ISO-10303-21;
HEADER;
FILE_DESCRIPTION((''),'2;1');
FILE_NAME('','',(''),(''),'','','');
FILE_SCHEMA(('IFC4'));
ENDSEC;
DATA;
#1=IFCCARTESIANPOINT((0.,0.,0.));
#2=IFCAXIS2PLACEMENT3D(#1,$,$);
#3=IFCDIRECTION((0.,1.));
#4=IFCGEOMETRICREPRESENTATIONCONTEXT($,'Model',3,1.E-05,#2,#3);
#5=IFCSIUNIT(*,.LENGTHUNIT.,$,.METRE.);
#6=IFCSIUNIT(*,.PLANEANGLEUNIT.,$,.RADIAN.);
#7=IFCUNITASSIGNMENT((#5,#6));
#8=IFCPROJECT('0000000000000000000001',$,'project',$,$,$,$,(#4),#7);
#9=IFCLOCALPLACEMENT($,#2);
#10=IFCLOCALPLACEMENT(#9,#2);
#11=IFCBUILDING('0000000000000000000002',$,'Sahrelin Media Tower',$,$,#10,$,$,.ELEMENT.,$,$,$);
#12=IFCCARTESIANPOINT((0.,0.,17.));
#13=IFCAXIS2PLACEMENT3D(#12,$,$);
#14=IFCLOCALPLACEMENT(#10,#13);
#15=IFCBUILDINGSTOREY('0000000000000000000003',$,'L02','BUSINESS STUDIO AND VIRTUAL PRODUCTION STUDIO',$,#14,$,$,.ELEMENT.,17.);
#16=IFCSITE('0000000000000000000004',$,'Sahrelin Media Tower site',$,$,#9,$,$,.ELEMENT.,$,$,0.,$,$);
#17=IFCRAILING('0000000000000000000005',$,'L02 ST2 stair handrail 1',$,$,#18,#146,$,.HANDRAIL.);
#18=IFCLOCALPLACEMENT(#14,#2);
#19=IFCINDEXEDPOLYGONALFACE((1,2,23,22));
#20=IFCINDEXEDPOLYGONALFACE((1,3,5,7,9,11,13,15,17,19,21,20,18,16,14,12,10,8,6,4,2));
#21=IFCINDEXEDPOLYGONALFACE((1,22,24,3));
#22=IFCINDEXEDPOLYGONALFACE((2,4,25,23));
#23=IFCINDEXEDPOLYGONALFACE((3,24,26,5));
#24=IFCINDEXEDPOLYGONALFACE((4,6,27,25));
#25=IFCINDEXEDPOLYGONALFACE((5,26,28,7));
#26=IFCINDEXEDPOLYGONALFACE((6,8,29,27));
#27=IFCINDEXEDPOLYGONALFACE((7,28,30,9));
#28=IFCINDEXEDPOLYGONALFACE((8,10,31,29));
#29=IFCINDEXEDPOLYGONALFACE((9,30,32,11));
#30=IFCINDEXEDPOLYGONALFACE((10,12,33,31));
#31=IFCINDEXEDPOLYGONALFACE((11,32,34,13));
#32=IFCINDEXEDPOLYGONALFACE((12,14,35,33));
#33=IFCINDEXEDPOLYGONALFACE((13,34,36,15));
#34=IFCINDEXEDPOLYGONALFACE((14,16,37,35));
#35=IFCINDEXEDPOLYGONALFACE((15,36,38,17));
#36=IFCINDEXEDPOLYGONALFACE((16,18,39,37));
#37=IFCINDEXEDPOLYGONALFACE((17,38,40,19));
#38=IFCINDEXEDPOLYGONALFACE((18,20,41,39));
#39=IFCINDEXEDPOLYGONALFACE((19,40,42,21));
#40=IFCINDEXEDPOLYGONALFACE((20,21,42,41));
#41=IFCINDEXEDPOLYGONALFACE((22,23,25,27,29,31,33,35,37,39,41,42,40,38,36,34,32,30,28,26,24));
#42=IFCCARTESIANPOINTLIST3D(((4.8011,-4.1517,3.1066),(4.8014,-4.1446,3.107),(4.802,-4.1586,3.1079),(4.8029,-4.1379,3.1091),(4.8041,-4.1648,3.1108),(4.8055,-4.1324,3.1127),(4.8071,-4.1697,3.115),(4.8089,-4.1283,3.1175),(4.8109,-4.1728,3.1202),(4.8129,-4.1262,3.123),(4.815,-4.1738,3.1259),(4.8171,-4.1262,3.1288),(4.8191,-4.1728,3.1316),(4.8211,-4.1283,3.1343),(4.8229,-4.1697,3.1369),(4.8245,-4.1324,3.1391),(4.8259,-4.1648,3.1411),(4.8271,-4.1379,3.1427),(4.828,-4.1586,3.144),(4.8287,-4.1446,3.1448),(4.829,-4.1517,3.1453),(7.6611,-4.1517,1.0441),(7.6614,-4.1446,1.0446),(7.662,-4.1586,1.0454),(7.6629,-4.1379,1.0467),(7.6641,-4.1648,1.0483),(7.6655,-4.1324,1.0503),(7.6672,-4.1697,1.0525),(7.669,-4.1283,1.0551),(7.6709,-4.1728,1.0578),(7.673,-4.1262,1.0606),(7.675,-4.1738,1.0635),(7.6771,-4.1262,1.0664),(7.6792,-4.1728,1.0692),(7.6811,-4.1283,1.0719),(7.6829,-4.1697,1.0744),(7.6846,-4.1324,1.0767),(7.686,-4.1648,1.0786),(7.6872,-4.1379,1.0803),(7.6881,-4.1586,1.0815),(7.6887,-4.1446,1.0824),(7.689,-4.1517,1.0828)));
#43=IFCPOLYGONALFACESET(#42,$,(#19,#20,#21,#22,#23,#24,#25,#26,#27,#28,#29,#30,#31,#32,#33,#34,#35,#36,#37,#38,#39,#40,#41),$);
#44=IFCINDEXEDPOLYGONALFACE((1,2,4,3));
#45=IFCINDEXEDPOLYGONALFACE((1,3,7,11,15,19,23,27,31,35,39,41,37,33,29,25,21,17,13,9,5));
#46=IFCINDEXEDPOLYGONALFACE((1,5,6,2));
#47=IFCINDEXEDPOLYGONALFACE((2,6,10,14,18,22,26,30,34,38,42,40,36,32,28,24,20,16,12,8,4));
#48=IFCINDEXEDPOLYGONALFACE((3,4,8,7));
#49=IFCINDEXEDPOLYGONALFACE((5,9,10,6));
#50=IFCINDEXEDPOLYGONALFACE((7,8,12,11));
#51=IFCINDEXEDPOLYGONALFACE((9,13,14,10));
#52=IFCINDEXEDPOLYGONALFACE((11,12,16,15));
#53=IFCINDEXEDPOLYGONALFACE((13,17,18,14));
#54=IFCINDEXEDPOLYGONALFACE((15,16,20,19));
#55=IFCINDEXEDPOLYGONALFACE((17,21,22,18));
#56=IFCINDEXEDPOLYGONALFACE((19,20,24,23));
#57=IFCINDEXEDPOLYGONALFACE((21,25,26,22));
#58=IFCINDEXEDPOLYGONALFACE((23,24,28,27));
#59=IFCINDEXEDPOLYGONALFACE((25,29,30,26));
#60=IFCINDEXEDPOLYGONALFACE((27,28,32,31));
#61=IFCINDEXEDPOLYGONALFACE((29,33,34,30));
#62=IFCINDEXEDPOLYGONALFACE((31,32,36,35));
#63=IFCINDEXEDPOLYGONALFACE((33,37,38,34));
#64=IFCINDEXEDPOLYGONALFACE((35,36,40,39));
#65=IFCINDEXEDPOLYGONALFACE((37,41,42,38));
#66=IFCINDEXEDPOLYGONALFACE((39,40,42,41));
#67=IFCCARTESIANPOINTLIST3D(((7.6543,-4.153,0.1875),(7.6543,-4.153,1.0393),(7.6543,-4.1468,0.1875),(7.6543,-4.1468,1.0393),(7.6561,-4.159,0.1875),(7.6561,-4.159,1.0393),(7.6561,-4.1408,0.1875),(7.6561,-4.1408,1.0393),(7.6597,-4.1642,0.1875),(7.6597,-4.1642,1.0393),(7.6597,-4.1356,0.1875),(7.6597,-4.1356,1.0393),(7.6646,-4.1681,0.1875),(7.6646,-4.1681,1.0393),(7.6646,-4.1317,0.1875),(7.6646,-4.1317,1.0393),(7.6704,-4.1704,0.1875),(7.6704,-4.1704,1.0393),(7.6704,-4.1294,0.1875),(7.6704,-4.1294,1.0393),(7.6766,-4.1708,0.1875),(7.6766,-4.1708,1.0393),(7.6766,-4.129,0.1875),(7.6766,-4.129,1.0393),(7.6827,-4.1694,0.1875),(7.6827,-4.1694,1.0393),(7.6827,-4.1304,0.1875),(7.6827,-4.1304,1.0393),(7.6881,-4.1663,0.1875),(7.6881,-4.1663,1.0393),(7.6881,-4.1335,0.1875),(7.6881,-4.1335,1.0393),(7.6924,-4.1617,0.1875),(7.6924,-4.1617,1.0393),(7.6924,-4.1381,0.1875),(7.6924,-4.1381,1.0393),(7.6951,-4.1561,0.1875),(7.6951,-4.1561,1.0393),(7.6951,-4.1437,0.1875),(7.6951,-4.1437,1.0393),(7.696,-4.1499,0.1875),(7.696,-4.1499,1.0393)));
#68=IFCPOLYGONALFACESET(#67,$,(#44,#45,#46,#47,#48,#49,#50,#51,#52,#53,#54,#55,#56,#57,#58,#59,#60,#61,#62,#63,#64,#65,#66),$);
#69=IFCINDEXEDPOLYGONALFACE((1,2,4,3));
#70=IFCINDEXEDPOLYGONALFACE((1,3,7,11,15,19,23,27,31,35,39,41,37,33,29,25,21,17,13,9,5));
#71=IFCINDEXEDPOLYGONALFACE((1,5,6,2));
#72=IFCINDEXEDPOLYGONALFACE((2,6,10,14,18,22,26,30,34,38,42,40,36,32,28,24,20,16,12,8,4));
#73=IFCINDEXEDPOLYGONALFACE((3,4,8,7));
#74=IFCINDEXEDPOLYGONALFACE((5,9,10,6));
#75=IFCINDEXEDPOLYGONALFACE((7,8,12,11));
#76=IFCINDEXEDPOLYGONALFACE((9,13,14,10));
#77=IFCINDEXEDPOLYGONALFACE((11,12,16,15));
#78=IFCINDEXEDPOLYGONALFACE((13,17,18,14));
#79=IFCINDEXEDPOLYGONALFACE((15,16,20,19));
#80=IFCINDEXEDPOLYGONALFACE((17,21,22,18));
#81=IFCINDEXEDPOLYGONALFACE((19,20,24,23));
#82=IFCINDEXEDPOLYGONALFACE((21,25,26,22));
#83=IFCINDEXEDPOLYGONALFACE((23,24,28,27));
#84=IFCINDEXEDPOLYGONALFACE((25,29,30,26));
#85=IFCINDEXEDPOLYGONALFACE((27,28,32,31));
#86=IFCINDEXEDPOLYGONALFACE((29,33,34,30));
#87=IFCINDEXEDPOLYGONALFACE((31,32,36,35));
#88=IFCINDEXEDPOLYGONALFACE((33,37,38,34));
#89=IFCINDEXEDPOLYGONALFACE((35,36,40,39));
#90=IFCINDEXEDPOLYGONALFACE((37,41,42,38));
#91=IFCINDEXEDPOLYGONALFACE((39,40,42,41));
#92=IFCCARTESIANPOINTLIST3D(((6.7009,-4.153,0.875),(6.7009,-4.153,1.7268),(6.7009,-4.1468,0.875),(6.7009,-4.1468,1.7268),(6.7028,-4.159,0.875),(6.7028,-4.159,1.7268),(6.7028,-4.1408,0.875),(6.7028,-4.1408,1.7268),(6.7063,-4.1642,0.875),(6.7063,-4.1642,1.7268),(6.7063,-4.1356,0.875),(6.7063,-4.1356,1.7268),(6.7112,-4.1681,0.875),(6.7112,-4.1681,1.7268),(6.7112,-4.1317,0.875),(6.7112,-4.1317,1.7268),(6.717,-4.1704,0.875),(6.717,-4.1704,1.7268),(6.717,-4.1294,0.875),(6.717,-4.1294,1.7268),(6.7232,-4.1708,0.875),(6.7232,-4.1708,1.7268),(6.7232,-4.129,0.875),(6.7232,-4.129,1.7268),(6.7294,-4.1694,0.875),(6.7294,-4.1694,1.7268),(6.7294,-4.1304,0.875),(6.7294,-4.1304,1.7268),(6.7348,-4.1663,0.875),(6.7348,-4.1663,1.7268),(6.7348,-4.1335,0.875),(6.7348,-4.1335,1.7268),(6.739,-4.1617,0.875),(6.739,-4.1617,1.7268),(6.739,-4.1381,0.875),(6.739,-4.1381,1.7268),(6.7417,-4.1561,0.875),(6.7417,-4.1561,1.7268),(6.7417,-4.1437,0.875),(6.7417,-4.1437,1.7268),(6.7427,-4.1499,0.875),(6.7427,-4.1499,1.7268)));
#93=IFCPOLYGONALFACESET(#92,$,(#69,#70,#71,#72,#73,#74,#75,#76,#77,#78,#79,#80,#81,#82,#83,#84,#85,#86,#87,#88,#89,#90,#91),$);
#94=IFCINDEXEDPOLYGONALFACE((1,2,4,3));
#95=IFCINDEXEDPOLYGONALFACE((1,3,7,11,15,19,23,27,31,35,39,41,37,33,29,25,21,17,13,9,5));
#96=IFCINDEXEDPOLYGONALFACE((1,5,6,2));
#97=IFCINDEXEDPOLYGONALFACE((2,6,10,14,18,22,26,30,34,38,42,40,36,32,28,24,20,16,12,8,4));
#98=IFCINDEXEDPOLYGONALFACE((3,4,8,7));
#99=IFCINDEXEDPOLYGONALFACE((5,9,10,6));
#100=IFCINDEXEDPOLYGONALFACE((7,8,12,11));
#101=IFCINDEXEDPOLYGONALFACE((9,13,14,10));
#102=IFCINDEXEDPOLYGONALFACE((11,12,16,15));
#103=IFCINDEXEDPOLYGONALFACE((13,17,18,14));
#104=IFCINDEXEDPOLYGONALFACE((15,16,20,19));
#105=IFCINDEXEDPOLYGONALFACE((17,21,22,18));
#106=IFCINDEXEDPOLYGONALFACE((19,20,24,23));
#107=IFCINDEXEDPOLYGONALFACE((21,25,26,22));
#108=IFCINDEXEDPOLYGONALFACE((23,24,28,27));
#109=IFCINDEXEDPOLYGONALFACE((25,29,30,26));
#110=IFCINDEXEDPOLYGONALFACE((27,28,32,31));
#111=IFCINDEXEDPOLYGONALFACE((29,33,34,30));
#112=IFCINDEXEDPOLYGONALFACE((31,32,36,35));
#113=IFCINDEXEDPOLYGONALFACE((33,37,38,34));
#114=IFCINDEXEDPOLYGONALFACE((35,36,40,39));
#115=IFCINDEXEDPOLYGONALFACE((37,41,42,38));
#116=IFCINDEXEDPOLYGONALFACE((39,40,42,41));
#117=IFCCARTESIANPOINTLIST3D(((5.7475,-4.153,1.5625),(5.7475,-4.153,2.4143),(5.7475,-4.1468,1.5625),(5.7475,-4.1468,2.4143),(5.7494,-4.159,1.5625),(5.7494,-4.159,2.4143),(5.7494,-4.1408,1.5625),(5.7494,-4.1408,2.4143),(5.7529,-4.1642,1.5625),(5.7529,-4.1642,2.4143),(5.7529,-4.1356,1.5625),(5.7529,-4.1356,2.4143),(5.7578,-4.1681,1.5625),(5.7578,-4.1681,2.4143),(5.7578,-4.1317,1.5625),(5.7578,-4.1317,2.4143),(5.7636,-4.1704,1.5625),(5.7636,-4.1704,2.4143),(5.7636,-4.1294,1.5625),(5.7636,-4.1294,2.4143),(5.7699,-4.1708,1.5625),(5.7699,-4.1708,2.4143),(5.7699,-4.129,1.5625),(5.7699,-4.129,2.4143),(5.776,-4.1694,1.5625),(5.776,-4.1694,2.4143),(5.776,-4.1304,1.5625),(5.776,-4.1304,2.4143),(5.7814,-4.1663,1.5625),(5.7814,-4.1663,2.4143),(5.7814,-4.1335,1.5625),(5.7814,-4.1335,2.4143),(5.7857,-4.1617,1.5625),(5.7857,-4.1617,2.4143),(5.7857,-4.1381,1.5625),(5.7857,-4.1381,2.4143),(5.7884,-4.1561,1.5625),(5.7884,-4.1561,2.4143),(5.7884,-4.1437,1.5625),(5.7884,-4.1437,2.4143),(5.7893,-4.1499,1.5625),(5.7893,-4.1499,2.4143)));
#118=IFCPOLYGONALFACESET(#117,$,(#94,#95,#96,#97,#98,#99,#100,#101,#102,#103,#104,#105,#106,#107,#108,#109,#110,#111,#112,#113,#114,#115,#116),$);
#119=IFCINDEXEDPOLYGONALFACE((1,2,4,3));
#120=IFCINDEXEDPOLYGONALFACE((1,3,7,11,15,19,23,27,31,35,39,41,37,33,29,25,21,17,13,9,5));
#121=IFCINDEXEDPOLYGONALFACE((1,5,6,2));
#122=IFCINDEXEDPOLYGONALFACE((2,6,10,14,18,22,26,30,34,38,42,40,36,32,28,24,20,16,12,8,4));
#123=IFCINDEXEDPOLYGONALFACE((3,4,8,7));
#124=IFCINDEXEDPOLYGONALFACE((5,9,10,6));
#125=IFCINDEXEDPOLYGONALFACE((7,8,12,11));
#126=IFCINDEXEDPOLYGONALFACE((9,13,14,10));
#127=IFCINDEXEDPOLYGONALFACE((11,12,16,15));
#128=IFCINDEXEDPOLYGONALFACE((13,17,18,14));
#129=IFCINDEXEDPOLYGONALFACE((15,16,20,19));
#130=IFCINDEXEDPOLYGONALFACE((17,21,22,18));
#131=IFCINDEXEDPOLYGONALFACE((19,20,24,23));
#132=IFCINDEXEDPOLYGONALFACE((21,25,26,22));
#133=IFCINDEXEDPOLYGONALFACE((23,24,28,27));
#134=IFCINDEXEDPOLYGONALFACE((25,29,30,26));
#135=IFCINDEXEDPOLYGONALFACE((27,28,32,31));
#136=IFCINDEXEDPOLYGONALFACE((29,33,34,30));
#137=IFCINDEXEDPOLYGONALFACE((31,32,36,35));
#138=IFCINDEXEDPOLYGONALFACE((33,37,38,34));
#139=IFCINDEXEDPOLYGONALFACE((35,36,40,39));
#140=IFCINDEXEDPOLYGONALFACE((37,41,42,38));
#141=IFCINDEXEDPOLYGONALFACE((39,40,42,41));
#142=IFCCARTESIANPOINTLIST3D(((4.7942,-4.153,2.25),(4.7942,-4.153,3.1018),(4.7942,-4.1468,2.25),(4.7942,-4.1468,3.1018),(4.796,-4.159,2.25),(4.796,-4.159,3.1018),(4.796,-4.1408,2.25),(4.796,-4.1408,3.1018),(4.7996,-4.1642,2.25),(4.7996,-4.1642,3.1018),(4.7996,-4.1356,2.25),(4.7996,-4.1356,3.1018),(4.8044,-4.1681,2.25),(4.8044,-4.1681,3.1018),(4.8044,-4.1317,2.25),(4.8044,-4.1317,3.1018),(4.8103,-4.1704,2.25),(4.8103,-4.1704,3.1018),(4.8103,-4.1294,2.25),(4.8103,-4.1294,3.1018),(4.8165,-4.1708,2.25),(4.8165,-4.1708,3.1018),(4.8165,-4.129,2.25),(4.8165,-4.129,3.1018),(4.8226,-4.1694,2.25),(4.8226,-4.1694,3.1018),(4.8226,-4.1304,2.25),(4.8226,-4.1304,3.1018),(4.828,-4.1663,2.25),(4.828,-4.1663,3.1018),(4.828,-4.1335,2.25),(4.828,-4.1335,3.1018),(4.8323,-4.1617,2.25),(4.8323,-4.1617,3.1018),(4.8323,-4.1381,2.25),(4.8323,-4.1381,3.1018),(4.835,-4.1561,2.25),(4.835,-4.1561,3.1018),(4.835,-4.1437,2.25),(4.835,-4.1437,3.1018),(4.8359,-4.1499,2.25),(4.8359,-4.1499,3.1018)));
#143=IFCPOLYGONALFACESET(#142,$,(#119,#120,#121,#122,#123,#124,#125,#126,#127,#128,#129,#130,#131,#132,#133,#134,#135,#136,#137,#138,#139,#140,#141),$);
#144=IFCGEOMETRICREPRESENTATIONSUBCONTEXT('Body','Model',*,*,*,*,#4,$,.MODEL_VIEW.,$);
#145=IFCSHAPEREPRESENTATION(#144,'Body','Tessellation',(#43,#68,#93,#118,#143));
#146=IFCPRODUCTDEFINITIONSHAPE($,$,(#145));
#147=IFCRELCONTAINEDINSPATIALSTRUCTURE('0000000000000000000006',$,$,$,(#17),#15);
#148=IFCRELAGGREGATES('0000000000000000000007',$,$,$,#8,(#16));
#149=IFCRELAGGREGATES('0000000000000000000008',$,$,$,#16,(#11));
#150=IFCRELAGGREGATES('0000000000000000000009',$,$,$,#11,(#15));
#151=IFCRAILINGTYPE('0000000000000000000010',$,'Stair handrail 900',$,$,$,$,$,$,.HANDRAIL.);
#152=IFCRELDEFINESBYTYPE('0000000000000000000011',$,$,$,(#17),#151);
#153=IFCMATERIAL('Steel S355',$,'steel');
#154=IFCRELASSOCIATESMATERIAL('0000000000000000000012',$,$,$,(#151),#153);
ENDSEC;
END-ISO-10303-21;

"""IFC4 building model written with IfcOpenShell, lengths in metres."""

from ifc_helpers import new_model, si_unit, direction, frame, origin, origin_2d, place, context, subcontext, project, spatial, circle, extrude, material, type_object, element, save


model = new_model("IFC4")

# Units and contexts
model_context = context("Model", 3, precision=1e-05, world=origin(), true_north=direction((0.0, 1.0)))
body_context = subcontext(model_context, "Body", "Model", "MODEL_VIEW")
ifc_project = project(units=[si_unit("LENGTHUNIT", "METRE"), si_unit("PLANEANGLEUNIT", "RADIAN")], contexts=[model_context])

# Site, building, storey
site_placement = place(None, origin())
site = spatial("IfcSite", under=ifc_project, at=site_placement, Name="Sahrelin Media Tower site", CompositionType="ELEMENT", RefElevation=0.0)
building_placement = place(site_placement, origin())
building = spatial("IfcBuilding", under=site, at=building_placement, Name="Sahrelin Media Tower", CompositionType="ELEMENT")
storey_placement = place(building_placement, frame((0.0, 0.0, 17.0)))
storey = spatial("IfcBuildingStorey", under=building, at=storey_placement, Name="L02", Description="BUSINESS STUDIO AND VIRTUAL PRODUCTION STUDIO", CompositionType="ELEMENT", Elevation=17.0)

# Railing
ifc_material_1 = material(Name="Steel S355", Category="steel")
railing_type_1 = type_object("IfcRailingType", Name="Stair handrail 900", PredefinedType="HANDRAIL", material=ifc_material_1)
railing_1_placement = place(storey_placement, frame((7.675, -4.1499, 0.1875)))
element("IfcRailing", 1, at=railing_1_placement, inside=storey, type_object=railing_type_1, Name="L02 ST2 stair handrail 1", PredefinedType="HANDRAIL", context=body_context, shape_type="SweptSolid", body=[
    extrude(circle(Radius=0.0239, at=origin_2d()), frame((0.0, 0.0, 0.876), z_axis=(-0.811101, 0.0, 0.584906), x_axis=(0.0, -1.0, 0.0)), (0.0, 0.0, 1.0), 3.5261),
    extrude(circle(Radius=0.021, at=origin_2d()), origin(), (0.0, 0.0, 1.0), 0.8518),
    extrude(circle(Radius=0.021, at=origin_2d()), frame((-0.9534, 0.0, 0.6875)), (0.0, 0.0, 1.0), 0.8518),
    extrude(circle(Radius=0.021, at=origin_2d()), frame((-1.9067, 0.0, 1.375)), (0.0, 0.0, 1.0), 0.8518),
    extrude(circle(Radius=0.021, at=origin_2d()), frame((-2.8601, 0.0, 2.0625)), (0.0, 0.0, 1.0), 0.8518),
])

save(model, "model.ifc")
